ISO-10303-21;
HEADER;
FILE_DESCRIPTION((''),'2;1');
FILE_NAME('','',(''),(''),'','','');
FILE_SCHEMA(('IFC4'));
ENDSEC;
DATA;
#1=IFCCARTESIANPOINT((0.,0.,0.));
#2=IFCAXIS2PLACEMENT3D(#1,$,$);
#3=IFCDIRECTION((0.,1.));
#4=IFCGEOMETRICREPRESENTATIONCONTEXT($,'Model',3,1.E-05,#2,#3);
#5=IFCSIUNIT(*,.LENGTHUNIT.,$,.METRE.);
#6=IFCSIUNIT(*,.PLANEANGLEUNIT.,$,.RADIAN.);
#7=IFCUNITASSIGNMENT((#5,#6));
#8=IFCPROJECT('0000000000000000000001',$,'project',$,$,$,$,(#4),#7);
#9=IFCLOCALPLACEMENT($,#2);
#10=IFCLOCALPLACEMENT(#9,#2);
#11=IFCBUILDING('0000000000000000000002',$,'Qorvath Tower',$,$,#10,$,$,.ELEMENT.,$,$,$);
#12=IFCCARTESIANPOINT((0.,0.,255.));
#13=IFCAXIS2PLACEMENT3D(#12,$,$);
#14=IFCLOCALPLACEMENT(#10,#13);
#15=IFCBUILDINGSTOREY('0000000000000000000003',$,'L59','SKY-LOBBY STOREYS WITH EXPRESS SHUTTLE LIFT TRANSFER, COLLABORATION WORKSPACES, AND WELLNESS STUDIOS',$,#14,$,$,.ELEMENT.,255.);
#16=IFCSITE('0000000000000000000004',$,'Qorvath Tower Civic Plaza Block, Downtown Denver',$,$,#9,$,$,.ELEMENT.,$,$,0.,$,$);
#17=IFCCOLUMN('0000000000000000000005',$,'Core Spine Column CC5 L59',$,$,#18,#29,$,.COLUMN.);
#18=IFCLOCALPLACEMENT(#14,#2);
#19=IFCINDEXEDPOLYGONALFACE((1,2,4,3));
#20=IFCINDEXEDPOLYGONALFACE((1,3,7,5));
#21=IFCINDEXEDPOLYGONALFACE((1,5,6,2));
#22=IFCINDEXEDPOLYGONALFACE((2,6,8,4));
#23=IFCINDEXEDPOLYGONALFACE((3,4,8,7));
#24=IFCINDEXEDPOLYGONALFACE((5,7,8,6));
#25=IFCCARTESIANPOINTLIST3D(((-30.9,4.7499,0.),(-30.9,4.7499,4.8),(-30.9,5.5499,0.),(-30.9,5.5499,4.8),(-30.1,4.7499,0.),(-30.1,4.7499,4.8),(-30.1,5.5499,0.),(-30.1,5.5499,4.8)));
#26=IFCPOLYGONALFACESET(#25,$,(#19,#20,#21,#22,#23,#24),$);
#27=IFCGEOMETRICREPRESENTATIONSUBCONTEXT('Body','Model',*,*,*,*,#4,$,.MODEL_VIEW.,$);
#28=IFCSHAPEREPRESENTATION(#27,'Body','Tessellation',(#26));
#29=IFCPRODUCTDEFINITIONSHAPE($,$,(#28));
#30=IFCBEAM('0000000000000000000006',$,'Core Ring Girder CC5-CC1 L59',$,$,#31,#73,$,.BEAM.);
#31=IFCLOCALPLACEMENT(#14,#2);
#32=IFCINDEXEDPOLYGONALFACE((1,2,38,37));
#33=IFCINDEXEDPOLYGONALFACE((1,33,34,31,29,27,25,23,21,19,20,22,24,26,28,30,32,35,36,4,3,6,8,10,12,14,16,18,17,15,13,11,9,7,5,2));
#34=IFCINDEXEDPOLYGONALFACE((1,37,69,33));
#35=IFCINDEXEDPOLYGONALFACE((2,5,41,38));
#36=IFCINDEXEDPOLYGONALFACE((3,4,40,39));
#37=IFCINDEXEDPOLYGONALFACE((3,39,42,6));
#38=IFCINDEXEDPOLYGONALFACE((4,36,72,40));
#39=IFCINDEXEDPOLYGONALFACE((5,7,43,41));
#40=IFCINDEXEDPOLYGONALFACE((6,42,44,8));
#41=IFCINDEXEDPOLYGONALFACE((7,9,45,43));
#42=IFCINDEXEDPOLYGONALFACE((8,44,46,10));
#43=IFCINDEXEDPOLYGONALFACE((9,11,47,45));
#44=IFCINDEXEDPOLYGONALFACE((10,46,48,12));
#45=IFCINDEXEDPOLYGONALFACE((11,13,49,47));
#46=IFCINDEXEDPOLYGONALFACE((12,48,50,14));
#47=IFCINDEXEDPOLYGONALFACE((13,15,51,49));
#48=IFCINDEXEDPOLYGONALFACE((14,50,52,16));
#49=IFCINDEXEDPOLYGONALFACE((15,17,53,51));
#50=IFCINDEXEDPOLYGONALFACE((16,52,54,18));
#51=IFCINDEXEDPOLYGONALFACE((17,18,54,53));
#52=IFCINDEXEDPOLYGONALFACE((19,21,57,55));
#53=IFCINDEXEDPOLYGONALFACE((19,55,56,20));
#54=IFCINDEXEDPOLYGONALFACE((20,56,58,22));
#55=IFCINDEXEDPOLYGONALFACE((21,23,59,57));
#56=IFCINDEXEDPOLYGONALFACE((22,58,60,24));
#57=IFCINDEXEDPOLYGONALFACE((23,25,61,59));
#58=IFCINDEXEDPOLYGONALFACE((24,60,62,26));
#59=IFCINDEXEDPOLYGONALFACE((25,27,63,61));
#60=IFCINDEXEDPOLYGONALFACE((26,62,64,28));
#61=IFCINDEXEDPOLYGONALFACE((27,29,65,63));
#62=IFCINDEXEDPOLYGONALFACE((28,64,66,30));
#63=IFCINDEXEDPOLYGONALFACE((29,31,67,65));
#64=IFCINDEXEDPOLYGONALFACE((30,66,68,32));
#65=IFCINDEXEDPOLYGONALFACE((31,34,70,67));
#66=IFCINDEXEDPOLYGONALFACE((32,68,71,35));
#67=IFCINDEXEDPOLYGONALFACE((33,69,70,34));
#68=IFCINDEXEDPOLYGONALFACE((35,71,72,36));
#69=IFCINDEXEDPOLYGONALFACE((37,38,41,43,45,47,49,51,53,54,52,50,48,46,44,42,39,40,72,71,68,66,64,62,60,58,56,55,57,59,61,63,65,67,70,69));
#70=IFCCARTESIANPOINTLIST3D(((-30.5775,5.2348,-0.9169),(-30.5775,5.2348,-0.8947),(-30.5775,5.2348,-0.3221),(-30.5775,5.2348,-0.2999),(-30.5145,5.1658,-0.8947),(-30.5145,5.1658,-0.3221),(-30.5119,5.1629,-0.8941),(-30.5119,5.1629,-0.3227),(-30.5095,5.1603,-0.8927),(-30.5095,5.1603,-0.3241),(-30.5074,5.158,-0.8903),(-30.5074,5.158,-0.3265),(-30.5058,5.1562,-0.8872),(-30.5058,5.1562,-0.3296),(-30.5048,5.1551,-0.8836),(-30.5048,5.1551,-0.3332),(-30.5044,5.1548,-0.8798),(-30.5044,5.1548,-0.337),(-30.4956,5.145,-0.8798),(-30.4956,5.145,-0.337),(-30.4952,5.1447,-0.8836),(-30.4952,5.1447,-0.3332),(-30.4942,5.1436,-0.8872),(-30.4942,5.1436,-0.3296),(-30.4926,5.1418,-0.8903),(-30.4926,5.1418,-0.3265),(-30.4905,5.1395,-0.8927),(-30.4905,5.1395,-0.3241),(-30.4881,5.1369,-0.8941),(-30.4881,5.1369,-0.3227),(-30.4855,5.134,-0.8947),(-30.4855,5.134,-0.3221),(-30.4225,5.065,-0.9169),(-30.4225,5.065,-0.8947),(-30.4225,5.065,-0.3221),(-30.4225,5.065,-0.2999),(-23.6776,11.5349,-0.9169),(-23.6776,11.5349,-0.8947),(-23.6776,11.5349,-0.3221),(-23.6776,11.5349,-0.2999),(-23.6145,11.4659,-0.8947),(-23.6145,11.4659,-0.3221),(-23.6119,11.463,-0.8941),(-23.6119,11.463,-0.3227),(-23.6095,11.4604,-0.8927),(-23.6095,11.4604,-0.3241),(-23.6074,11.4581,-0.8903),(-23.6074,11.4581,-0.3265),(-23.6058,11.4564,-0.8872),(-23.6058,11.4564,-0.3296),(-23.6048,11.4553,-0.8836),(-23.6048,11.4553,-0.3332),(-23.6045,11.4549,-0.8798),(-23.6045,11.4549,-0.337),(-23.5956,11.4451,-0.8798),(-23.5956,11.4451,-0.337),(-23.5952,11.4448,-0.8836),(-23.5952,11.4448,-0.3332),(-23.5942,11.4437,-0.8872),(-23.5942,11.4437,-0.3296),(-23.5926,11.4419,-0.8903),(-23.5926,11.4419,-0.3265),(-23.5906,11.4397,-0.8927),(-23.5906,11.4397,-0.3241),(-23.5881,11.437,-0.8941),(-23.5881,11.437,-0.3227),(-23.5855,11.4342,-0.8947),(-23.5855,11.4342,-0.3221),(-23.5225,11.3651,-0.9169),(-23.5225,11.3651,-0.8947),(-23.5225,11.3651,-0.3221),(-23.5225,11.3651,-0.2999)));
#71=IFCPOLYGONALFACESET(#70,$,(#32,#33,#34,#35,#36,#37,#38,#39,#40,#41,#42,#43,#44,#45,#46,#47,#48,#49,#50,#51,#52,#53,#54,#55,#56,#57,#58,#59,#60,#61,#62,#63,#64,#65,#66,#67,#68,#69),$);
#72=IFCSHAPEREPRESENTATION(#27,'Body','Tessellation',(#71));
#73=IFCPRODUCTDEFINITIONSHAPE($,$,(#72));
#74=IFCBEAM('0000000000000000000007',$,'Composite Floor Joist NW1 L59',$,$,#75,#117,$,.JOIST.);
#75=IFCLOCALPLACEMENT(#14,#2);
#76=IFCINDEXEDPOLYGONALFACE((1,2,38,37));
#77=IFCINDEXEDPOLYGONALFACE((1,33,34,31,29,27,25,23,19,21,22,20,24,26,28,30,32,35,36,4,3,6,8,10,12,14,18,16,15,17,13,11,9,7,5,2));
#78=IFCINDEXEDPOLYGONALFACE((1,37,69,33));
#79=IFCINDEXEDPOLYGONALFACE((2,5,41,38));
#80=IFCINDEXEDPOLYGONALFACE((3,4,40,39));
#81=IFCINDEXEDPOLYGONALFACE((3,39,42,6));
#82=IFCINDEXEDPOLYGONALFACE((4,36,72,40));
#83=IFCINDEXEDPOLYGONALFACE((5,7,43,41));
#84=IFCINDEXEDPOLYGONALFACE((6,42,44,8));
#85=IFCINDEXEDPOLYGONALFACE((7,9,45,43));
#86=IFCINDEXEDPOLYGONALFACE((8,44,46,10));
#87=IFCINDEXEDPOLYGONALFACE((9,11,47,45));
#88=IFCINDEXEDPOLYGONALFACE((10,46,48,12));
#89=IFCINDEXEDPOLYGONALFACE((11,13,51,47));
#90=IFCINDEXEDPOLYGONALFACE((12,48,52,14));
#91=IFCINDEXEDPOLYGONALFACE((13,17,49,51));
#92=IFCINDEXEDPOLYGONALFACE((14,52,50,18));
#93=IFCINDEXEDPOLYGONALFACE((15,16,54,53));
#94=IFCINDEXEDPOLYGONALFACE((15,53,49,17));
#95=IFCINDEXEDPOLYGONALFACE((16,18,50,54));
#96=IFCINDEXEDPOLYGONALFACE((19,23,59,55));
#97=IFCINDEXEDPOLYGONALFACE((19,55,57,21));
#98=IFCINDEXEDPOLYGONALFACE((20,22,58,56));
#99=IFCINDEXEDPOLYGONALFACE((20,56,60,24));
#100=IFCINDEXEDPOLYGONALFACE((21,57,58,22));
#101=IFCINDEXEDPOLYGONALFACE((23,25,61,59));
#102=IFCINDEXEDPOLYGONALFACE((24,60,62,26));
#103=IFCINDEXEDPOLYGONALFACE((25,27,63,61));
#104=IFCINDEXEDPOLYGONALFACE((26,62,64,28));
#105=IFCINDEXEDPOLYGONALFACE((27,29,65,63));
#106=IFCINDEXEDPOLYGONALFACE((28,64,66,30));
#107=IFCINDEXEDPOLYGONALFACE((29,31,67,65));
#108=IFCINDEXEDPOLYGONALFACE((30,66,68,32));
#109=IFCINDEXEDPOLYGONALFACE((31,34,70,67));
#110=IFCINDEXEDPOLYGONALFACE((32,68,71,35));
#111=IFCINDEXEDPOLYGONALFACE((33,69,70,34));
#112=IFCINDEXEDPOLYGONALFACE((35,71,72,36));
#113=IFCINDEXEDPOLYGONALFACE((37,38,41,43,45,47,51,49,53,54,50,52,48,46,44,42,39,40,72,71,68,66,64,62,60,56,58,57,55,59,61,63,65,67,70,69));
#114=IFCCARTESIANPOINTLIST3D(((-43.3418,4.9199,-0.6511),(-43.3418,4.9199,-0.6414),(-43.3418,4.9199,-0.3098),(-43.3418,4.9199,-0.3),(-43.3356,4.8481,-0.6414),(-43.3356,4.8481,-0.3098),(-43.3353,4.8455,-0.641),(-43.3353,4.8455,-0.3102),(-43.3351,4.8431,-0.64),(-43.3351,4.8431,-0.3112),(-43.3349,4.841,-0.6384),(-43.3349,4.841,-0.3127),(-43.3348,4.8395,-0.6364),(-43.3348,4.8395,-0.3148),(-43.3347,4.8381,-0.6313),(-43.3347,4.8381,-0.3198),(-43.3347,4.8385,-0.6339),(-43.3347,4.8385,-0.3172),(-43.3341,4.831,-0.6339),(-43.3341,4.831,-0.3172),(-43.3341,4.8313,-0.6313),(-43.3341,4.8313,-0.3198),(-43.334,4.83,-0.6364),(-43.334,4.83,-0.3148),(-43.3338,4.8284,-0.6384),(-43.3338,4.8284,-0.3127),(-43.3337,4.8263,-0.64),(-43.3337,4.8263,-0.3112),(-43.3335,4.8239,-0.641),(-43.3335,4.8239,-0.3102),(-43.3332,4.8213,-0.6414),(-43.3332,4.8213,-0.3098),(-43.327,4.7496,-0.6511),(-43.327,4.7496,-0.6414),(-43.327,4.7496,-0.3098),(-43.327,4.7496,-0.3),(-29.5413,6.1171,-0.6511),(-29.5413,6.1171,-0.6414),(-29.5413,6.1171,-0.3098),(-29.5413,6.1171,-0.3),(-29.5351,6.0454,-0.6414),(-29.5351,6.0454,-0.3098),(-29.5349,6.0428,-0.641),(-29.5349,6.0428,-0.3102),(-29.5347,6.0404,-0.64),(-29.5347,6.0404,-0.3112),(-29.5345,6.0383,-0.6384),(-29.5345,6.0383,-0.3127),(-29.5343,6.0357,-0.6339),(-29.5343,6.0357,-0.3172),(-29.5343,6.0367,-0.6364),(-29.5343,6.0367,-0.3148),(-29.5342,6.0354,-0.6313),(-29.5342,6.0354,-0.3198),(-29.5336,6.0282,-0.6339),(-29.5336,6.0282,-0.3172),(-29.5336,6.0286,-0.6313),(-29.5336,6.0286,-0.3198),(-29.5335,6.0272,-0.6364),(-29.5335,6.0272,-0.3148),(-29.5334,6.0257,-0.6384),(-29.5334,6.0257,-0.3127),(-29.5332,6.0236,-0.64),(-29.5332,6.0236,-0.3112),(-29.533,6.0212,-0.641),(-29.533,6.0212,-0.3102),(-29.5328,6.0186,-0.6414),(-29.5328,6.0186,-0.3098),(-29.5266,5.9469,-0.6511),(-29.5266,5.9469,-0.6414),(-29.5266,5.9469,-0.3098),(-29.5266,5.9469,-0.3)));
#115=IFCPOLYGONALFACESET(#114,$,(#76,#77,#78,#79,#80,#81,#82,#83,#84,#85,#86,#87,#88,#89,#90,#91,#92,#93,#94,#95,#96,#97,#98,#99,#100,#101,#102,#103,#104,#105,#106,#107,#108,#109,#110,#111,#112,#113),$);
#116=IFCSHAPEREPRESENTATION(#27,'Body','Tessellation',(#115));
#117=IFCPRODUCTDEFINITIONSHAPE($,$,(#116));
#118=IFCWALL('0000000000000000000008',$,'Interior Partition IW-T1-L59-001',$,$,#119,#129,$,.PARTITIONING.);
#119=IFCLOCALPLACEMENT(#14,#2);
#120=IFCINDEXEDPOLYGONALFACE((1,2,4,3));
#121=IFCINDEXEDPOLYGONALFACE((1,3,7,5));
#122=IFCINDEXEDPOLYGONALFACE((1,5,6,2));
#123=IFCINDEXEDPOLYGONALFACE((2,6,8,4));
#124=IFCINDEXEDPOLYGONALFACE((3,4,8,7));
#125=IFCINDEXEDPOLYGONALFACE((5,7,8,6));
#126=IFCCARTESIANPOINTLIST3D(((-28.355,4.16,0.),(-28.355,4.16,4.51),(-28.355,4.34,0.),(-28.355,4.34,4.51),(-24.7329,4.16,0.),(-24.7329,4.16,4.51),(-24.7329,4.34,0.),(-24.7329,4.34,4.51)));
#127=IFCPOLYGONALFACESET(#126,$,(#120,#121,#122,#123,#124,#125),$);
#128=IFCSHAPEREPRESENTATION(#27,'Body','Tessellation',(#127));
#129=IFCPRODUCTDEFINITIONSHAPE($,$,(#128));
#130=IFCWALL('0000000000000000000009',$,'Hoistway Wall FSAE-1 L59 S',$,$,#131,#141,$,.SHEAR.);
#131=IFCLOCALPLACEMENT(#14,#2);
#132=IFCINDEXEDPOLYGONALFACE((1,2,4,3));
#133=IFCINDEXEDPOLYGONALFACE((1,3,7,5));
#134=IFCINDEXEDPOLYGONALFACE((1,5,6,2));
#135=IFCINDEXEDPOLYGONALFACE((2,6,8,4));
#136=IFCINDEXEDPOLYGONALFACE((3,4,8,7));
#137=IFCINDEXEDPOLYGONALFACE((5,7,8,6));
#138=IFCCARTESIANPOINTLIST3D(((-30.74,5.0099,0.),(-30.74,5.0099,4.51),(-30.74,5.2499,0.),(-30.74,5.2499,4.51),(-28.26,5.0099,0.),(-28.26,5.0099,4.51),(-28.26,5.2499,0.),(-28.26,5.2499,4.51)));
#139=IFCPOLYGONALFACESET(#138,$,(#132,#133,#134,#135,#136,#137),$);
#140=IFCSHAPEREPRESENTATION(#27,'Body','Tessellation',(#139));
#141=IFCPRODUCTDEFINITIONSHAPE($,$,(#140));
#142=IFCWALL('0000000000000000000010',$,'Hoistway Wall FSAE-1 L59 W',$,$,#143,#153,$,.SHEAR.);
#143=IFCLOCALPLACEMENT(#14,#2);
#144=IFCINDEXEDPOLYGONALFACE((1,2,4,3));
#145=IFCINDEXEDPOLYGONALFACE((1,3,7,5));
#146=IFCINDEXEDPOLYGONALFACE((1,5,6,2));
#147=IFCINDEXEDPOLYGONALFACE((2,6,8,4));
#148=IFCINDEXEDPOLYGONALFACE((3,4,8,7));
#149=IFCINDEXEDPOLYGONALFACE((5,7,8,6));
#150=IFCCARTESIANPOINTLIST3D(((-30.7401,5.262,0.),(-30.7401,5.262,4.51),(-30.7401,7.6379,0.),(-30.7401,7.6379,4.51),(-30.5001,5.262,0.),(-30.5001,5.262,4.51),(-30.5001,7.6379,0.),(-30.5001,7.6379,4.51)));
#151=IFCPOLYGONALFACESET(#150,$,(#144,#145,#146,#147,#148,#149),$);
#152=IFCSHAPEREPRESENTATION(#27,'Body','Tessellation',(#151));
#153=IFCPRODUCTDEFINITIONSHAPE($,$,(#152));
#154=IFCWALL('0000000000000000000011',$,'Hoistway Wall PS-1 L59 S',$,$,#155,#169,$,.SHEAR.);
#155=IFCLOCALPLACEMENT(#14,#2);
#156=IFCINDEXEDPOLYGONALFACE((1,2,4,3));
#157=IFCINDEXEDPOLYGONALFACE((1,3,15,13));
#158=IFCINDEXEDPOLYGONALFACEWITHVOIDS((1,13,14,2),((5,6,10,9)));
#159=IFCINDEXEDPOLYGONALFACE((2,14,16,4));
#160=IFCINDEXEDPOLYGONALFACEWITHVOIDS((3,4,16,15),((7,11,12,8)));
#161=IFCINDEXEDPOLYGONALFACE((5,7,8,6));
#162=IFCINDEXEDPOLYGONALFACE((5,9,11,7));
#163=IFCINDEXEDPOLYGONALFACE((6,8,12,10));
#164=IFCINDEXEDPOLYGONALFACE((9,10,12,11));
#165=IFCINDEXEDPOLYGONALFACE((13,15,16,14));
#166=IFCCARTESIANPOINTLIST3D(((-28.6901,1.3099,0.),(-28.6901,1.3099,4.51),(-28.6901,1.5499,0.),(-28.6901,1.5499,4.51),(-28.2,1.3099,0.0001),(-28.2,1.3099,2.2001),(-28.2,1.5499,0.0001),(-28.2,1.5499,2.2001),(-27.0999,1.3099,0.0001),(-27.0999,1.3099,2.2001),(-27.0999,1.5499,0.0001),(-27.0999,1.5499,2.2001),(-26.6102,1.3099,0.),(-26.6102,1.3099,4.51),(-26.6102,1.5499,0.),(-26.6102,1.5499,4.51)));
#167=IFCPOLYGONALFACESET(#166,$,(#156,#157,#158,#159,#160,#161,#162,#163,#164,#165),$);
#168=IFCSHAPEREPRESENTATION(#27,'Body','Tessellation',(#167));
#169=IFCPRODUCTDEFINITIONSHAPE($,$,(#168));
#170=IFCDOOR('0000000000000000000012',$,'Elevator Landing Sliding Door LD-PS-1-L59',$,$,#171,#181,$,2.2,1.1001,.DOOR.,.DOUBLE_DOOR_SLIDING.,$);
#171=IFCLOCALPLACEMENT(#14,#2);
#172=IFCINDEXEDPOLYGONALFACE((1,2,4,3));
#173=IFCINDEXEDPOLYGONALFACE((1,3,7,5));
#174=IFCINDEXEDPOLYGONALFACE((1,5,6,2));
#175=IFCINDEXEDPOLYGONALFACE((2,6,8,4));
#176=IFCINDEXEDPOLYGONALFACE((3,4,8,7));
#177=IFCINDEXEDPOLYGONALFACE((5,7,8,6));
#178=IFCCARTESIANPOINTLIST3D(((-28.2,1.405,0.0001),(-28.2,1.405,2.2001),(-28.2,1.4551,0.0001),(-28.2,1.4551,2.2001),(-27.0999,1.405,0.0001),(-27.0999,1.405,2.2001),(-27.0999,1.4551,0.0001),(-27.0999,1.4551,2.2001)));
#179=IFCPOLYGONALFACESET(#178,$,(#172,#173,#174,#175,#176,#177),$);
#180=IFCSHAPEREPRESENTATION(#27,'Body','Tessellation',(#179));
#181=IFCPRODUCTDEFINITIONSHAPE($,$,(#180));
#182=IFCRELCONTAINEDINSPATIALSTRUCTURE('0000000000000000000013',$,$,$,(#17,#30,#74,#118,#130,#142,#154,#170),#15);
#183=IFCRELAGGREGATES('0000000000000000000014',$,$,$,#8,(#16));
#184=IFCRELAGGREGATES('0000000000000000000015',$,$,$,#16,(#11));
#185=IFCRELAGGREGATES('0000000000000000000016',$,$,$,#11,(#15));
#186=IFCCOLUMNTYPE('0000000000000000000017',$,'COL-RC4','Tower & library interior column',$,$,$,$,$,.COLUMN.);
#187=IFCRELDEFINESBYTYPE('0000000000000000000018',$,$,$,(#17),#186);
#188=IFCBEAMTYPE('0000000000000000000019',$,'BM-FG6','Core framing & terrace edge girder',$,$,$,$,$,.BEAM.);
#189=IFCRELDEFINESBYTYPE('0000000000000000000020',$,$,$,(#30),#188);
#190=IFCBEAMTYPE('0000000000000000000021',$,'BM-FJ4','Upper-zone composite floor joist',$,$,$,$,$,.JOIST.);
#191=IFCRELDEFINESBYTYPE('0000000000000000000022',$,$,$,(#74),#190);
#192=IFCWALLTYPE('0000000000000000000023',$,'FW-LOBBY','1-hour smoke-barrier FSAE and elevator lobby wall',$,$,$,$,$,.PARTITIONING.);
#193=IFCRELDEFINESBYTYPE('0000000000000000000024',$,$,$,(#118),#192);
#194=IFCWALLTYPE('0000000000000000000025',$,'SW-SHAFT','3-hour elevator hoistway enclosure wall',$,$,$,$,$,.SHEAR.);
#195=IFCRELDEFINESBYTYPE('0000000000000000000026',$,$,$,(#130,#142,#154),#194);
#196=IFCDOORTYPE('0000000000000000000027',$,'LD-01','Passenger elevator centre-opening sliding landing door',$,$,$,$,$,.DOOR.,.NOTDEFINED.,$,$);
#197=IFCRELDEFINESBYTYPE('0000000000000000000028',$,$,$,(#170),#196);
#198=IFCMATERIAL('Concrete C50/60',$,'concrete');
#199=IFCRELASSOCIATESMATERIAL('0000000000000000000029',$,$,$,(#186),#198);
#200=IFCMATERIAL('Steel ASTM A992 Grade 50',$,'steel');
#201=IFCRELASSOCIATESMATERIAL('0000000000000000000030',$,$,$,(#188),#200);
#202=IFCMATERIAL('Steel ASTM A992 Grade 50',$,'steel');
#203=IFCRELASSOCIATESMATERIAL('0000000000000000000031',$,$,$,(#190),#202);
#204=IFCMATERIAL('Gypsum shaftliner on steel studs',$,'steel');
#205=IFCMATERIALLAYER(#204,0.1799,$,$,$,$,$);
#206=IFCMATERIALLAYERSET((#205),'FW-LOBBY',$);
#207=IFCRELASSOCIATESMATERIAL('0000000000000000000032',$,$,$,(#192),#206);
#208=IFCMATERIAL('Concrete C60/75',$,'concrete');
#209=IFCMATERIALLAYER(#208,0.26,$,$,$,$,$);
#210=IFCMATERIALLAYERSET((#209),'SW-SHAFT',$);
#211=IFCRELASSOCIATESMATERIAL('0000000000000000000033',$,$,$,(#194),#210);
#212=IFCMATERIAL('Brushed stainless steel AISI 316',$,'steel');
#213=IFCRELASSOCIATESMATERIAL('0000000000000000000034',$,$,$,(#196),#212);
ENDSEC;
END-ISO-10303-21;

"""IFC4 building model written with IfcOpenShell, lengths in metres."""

from ifc_helpers import new_model, si_unit, direction, frame, frame_2d, origin, origin_2d, place, context, subcontext, project, spatial, rectangle, i_section, extrude, material, layer, layer_set, material_profile, profile_set, type_object, element, fill, save


model = new_model("IFC4")

# Units and contexts
model_context = context("Model", 3, precision=1e-05, world=origin(), true_north=direction((0.0, 1.0)))
body_context = subcontext(model_context, "Body", "Model", "MODEL_VIEW")
ifc_project = project(units=[si_unit("LENGTHUNIT", "METRE"), si_unit("PLANEANGLEUNIT", "RADIAN")], contexts=[model_context])

# Site, building, storey
site_placement = place(None, origin())
site = spatial("IfcSite", under=ifc_project, at=site_placement, Name="Qorvath Tower Civic Plaza Block, Downtown Denver", CompositionType="ELEMENT", RefElevation=0.0)
building_placement = place(site_placement, origin())
building = spatial("IfcBuilding", under=site, at=building_placement, Name="Qorvath Tower", CompositionType="ELEMENT")
storey_placement = place(building_placement, frame((0.0, 0.0, 255.0)))
storey = spatial("IfcBuildingStorey", under=building, at=storey_placement, Name="L59", Description="SKY-LOBBY STOREYS WITH EXPRESS SHUTTLE LIFT TRANSFER, COLLABORATION WORKSPACES, AND WELLNESS STUDIOS", CompositionType="ELEMENT", Elevation=255.0)

# Column
ifc_material_1 = material(Name="Concrete C50/60", Category="concrete")
ifc_material_profile_1 = material_profile(ifc_material_1, rectangle(XDim=0.8, YDim=0.8, at=origin_2d()), Name="RC 800x800")
ifc_profile_set_1 = profile_set([ifc_material_profile_1], Name="Concrete C50/60")
column_type = type_object("IfcColumnType", Name="COL-RC4", Description="Tower & library interior column", PredefinedType="COLUMN", material=ifc_profile_set_1)
column_placement = place(storey_placement, frame((-30.5, 5.1499, 0.0), z_axis=(0.0, 0.0, 1.0), x_axis=(1.0, 0.0, 0.0)))
element("IfcColumn", 1, at=column_placement, inside=storey, type_object=column_type, Name="Core Spine Column CC5 L59", PredefinedType="COLUMN", context=body_context, shape_type="SweptSolid", body=[
    extrude(rectangle(XDim=0.8, YDim=0.8, at=origin_2d()), origin(), (0.0, 0.0, 1.0), 4.8),
])

# Beams
ifc_material_2 = material(Name="Steel ASTM A992 Grade 50", Category="steel")
ifc_material_profile_2 = material_profile(ifc_material_2, i_section(OverallWidth=0.23, OverallDepth=0.6169, WebThickness=0.0132, FlangeThickness=0.0222, FilletRadius=0.0149, at=origin_2d()), Name="W24x94")
ifc_profile_set_2 = profile_set([ifc_material_profile_2], Name="Steel ASTM A992 Grade 50")
beam_type_1 = type_object("IfcBeamType", Name="BM-FG6", Description="Core framing & terrace edge girder", PredefinedType="BEAM", material=ifc_profile_set_2)
beam_1_placement = place(storey_placement, frame((-30.5, 5.1499, -0.6084), z_axis=(0.738478, 0.674277, 0.0), x_axis=(-0.674277, 0.738478, 0.0)))
element("IfcBeam", 2, at=beam_1_placement, inside=storey, type_object=beam_type_1, Name="Core Ring Girder CC5-CC1 L59", PredefinedType="BEAM", context=body_context, shape_type="SweptSolid", body=[
    extrude(i_section(OverallWidth=0.23, OverallDepth=0.6169, WebThickness=0.0132, FlangeThickness=0.0222, FilletRadius=0.0149, at=origin_2d()), origin(), (0.0, 0.0, 1.0), 9.3435),
])
ifc_material_3 = material(Name="Steel ASTM A992 Grade 50", Category="steel")
ifc_material_profile_3 = material_profile(ifc_material_3, i_section(OverallWidth=0.1709, OverallDepth=0.3511, WebThickness=0.0068, FlangeThickness=0.0098, FilletRadius=0.01, at=origin_2d()), Name="W14x30")
ifc_profile_set_3 = profile_set([ifc_material_profile_3], Name="Steel ASTM A992 Grade 50")
beam_type_2 = type_object("IfcBeamType", Name="BM-FJ4", Description="Upper-zone composite floor joist", PredefinedType="JOIST", material=ifc_profile_set_3)
beam_2_placement = place(storey_placement, frame((-29.5339, 6.032, -0.4756), z_axis=(-0.996258, -0.08643, 0.0), x_axis=(0.08643, -0.996258, 0.0)))
element("IfcBeam", 3, at=beam_2_placement, inside=storey, type_object=beam_type_2, Name="Composite Floor Joist NW1 L59", PredefinedType="JOIST", context=body_context, shape_type="SweptSolid", body=[
    extrude(i_section(OverallWidth=0.1709, OverallDepth=0.3511, WebThickness=0.0068, FlangeThickness=0.0098, FilletRadius=0.01, at=origin_2d()), origin(), (0.0, 0.0, 1.0), 13.8523),
])

# Walls
ifc_material_4 = material(Name="Gypsum shaftliner on steel studs", Category="steel")
ifc_layer_1 = layer(ifc_material_4, 0.1799)
ifc_layer_set_1 = layer_set([ifc_layer_1], Name="FW-LOBBY")
wall_type_1 = type_object("IfcWallType", Name="FW-LOBBY", Description="1-hour smoke-barrier FSAE and elevator lobby wall", PredefinedType="PARTITIONING", material=ifc_layer_set_1)
wall_1_placement = place(storey_placement, frame((-28.355, 4.25, 0.0), z_axis=(0.0, 0.0, 1.0), x_axis=(1.0, 0.0, 0.0)))
element("IfcWall", 4, at=wall_1_placement, inside=storey, type_object=wall_type_1, Name="Interior Partition IW-T1-L59-001", PredefinedType="PARTITIONING", context=body_context, shape_type="SweptSolid", body=[
    extrude(rectangle(XDim=3.6221, YDim=0.1799, at=frame_2d((1.811, 0.0))), origin(), (0.0, 0.0, 1.0), 4.51),
])
ifc_material_5 = material(Name="Concrete C60/75", Category="concrete")
ifc_layer_2 = layer(ifc_material_5, 0.26)
ifc_layer_set_2 = layer_set([ifc_layer_2], Name="SW-SHAFT")
wall_type_2 = type_object("IfcWallType", Name="SW-SHAFT", Description="3-hour elevator hoistway enclosure wall", PredefinedType="SHEAR", material=ifc_layer_set_2)
wall_2_placement = place(storey_placement, frame((-28.26, 5.1299, 0.0), z_axis=(0.0, 0.0, 1.0), x_axis=(-1.0, 0.0, 0.0)))
element("IfcWall", 5, at=wall_2_placement, inside=storey, type_object=wall_type_2, Name="Hoistway Wall FSAE-1 L59 S", PredefinedType="SHEAR", context=body_context, shape_type="SweptSolid", body=[
    extrude(rectangle(XDim=2.48, YDim=0.24, at=frame_2d((1.24, 0.0))), origin(), (0.0, 0.0, 1.0), 4.51),
])
wall_3_placement = place(storey_placement, frame((-30.6201, 5.262, 0.0), z_axis=(0.0, 0.0, 1.0), x_axis=(0.0, 1.0, 0.0)))
element("IfcWall", 6, at=wall_3_placement, inside=storey, type_object=wall_type_2, Name="Hoistway Wall FSAE-1 L59 W", PredefinedType="SHEAR", context=body_context, shape_type="SweptSolid", body=[
    extrude(rectangle(XDim=2.376, YDim=0.24, at=frame_2d((1.188, 0.0))), origin(), (0.0, 0.0, 1.0), 4.51),
])

# Wall, opening, door
wall_4_placement = place(storey_placement, frame((-26.6101, 1.4299, 0.0), z_axis=(0.0, 0.0, 1.0), x_axis=(-1.0, 0.0, 0.0)))
wall_4 = element("IfcWall", 7, at=wall_4_placement, inside=storey, type_object=wall_type_2, Name="Hoistway Wall PS-1 L59 S", PredefinedType="SHEAR", context=body_context, shape_type="SweptSolid", body=[
    extrude(rectangle(XDim=2.0798, YDim=0.24, at=frame_2d((1.04, 0.0))), origin(), (0.0, 0.0, 1.0), 4.51),
])
opening_1_placement = place(wall_4_placement, frame((0.4897, 0.0, 0.0)))
opening_1 = element("IfcOpeningElement", 8, at=opening_1_placement, cuts=wall_4, PredefinedType="OPENING", context=body_context, shape_type="SweptSolid", body=[
    extrude(rectangle(XDim=1.1001, YDim=2.2, at=frame_2d((0.55, 1.1001))), frame((0.0, 0.1299, 0.0), z_axis=(0.0, -1.0, 0.0), x_axis=(1.0, 0.0, 0.0)), (0.0, 0.0, 1.0), 0.26),
])
ifc_material_6 = material(Name="Brushed stainless steel AISI 316", Category="steel")
door_type = type_object("IfcDoorType", Name="LD-01", Description="Passenger elevator centre-opening sliding landing door", OperationType="NOTDEFINED", PredefinedType="DOOR", material=ifc_material_6)
door_1_placement = place(opening_1_placement, origin())
door_1 = element("IfcDoor", 9, at=door_1_placement, inside=storey, type_object=door_type, Name="Elevator Landing Sliding Door LD-PS-1-L59", OperationType="DOUBLE_DOOR_SLIDING", OverallHeight=2.2, OverallWidth=1.1001, PredefinedType="DOOR", context=body_context, shape_type="SweptSolid", body=[
    extrude(rectangle(XDim=1.1001, YDim=2.2, at=frame_2d((0.55, 1.1001))), frame((0.0, 0.0249, 0.0), z_axis=(0.0, -1.0, 0.0), x_axis=(1.0, 0.0, 0.0)), (0.0, 0.0, 1.0), 0.05),
])
fill(opening_1, door_1)

save(model, "model.ifc")
